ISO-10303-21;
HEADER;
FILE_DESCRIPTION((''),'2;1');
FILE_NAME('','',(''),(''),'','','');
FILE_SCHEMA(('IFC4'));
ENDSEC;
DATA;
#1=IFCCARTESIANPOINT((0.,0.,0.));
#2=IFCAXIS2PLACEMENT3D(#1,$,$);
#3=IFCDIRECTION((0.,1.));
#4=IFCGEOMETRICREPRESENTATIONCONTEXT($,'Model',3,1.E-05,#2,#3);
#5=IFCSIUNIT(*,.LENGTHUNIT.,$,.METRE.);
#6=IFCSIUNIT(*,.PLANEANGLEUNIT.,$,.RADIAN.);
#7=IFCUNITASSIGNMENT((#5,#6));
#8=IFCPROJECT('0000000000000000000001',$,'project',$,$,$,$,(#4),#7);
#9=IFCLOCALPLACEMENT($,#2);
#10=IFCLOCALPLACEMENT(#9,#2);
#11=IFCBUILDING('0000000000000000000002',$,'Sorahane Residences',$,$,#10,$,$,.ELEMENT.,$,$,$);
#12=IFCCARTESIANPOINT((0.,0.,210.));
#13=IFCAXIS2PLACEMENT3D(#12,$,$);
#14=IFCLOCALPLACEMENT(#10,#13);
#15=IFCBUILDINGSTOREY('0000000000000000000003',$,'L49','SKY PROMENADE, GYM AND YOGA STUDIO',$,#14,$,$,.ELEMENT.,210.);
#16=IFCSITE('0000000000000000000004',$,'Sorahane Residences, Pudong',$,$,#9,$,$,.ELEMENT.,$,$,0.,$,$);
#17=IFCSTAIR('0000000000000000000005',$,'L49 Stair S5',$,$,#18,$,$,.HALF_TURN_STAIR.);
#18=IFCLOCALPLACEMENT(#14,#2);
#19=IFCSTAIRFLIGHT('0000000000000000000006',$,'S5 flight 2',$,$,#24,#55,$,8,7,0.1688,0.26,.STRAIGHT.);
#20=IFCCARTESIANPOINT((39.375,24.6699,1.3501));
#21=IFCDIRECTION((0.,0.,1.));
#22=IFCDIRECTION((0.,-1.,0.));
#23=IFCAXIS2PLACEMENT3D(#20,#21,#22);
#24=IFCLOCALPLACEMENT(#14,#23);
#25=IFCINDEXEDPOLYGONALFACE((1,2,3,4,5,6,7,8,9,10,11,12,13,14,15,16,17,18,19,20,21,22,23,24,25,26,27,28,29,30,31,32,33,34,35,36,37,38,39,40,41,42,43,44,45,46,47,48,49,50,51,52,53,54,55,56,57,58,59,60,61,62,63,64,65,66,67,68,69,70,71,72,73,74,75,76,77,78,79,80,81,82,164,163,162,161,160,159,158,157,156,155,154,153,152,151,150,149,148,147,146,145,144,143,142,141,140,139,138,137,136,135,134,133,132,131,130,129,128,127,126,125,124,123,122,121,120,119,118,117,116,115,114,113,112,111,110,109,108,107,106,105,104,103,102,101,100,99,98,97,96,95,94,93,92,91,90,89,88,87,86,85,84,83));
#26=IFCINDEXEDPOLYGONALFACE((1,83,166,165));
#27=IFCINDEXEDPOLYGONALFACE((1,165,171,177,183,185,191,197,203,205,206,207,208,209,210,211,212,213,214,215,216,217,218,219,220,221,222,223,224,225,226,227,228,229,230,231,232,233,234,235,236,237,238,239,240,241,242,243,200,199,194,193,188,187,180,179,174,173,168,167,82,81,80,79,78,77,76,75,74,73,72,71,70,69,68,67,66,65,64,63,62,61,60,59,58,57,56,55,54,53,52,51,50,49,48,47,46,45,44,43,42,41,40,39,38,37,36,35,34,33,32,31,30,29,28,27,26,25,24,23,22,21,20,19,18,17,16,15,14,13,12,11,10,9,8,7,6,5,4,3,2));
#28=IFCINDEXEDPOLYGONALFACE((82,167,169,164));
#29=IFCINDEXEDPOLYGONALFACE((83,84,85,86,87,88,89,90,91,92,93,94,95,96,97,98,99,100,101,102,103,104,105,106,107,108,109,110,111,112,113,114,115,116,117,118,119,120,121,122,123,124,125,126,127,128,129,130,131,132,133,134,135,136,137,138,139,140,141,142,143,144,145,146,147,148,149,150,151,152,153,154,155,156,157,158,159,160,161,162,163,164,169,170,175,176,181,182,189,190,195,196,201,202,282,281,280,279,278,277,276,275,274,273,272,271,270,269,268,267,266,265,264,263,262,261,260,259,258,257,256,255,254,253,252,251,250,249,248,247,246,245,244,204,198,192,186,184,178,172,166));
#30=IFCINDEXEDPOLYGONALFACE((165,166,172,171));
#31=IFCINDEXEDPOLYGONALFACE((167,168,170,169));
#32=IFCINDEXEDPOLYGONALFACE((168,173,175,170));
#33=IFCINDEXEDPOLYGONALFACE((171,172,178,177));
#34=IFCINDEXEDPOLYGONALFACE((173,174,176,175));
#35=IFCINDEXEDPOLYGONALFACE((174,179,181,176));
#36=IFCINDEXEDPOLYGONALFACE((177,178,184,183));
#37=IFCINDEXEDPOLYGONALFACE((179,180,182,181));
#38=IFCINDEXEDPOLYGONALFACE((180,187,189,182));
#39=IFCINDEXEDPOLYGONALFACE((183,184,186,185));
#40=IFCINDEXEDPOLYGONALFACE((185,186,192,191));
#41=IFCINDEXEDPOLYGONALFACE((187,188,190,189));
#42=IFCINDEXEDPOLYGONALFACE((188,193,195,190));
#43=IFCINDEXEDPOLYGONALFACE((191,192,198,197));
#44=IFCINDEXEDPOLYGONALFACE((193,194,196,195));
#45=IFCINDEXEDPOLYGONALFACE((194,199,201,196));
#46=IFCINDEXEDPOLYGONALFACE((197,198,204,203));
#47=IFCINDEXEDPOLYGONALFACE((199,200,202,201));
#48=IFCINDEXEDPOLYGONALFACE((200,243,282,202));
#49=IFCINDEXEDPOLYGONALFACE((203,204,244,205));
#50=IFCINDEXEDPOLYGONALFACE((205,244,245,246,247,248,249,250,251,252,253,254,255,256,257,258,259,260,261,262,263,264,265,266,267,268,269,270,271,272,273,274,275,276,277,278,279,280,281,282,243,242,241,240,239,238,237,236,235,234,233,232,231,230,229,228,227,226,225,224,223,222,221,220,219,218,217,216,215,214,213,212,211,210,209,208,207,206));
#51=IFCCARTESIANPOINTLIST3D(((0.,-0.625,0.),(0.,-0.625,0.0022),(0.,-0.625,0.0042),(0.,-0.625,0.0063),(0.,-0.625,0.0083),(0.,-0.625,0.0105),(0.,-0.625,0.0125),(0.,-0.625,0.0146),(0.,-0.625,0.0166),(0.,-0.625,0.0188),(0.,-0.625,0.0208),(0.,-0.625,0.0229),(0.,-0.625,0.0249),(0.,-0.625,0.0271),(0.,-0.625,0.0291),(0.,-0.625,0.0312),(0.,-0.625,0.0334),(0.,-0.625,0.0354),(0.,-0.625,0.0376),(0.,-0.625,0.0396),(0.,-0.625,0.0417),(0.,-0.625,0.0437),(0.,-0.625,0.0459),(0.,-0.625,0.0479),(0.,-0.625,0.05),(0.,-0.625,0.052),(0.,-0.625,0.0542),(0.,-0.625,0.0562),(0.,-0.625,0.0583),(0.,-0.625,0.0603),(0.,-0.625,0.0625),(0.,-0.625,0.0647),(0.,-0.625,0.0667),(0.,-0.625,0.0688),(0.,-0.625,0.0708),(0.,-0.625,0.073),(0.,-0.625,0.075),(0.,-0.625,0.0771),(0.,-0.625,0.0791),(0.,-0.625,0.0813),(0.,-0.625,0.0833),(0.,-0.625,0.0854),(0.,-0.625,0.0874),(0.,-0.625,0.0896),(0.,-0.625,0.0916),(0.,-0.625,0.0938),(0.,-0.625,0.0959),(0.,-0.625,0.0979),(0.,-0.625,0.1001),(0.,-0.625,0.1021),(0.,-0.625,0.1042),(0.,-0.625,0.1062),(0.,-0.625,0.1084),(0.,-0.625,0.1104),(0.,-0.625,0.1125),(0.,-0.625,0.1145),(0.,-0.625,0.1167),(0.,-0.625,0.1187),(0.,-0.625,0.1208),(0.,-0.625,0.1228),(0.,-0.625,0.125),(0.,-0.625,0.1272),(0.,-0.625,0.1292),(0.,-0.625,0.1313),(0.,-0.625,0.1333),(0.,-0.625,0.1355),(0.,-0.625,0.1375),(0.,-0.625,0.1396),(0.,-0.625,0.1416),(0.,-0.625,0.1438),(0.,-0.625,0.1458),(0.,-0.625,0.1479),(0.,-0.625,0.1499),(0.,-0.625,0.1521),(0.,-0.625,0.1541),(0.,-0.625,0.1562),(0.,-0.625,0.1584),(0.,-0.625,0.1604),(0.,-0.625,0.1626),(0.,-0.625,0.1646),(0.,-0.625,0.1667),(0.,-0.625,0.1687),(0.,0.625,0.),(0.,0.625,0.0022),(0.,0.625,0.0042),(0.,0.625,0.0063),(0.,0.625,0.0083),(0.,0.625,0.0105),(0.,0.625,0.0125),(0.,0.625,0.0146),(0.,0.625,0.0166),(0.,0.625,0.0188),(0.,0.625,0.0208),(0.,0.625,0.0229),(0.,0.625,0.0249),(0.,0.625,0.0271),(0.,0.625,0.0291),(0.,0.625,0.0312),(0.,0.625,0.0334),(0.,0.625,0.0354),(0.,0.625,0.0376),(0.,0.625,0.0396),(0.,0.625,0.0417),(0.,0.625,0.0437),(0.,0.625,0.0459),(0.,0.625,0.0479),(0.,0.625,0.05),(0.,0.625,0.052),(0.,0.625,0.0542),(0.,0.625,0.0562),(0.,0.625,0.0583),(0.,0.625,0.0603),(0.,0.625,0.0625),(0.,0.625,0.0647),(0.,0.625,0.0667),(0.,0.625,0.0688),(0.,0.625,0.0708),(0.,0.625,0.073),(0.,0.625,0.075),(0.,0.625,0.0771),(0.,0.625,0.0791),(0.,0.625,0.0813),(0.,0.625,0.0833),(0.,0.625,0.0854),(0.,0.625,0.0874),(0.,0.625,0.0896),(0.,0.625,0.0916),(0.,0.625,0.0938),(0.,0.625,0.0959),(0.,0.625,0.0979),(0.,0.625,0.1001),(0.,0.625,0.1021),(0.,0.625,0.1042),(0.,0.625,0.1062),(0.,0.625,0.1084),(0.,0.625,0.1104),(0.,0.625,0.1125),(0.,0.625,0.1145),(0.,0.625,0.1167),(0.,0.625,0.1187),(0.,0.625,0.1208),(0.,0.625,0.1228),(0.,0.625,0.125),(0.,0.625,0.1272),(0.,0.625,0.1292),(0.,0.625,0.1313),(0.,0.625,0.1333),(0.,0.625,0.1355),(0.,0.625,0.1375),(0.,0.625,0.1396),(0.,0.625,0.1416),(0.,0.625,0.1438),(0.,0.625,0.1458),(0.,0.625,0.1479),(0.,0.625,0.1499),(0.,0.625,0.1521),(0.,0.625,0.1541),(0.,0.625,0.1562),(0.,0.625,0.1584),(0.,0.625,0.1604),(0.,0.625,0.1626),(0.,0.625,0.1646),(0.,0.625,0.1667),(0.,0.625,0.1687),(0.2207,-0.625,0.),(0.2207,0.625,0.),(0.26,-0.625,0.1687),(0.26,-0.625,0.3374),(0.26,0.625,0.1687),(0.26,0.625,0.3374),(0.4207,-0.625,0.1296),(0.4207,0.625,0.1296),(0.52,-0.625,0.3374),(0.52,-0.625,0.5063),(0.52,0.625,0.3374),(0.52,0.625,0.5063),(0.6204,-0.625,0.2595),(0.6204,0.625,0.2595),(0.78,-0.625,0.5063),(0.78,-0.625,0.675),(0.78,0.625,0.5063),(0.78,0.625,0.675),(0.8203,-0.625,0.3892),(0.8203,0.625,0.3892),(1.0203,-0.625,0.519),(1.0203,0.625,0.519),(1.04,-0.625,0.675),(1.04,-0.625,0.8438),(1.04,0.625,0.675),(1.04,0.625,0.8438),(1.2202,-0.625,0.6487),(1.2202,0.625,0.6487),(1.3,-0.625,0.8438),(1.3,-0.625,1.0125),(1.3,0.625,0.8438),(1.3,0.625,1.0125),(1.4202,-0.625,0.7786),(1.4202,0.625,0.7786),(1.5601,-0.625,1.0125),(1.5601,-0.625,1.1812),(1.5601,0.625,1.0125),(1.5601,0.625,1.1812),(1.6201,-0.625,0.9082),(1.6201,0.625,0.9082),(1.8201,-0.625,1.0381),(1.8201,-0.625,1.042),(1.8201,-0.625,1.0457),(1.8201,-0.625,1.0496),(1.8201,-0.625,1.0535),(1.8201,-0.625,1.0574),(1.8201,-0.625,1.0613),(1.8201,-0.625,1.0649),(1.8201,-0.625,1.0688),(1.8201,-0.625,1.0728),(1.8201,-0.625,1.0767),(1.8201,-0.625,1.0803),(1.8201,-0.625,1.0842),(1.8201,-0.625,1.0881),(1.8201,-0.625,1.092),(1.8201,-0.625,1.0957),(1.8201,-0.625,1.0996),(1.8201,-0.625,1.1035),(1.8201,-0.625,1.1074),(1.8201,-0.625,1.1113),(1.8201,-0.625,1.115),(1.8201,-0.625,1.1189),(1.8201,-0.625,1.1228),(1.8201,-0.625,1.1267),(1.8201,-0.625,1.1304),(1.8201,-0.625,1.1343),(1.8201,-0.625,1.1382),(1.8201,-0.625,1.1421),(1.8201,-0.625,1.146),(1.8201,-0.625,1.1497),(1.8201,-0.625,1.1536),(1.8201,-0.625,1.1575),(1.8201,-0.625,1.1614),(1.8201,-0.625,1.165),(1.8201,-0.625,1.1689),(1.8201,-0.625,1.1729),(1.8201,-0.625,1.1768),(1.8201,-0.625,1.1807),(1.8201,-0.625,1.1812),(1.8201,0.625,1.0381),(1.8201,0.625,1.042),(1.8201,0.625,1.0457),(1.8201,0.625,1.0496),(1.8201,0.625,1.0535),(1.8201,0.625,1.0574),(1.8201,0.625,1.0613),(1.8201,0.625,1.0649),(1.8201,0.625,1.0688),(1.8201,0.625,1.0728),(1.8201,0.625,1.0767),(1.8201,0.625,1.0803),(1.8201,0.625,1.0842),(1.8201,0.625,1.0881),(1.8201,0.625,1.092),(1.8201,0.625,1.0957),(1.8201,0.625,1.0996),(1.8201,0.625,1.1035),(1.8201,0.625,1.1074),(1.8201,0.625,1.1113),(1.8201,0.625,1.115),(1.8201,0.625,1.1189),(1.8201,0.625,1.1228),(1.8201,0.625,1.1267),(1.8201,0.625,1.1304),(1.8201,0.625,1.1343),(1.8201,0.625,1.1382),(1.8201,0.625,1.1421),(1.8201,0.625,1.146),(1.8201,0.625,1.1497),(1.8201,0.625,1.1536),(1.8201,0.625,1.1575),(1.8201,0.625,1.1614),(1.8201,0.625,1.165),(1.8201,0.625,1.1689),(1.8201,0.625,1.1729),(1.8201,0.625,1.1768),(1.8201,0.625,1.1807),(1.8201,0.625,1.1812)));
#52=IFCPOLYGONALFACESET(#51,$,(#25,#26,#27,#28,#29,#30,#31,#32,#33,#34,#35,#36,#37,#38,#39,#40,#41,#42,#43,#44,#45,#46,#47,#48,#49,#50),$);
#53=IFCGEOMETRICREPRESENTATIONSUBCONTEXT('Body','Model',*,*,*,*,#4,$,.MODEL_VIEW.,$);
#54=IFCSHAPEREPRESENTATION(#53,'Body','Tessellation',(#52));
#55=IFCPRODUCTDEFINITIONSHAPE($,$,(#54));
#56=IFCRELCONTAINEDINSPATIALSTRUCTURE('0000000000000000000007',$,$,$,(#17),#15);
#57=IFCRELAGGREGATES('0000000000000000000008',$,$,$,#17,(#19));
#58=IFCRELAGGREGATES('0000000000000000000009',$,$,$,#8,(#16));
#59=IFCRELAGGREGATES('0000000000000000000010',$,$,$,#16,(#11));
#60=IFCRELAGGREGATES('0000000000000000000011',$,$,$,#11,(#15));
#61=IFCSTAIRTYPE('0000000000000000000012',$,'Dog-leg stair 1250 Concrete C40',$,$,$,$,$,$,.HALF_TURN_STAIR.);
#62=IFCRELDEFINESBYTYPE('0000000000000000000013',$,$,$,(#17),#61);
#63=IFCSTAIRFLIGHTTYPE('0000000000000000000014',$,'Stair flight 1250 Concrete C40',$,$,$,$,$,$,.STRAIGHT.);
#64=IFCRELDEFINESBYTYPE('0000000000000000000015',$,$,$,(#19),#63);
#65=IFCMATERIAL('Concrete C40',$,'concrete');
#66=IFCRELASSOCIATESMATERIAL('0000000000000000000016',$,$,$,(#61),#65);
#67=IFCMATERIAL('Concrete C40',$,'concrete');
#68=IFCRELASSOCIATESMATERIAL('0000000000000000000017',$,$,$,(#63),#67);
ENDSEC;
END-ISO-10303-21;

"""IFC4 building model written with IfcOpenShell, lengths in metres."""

from ifc_helpers import new_model, si_unit, direction, frame, origin, place, context, subcontext, project, spatial, polyline, outline, extrude, material, type_object, element, aggregate, save


model = new_model("IFC4")

# Units and contexts
model_context = context("Model", 3, precision=1e-05, world=origin(), true_north=direction((0.0, 1.0)))
body_context = subcontext(model_context, "Body", "Model", "MODEL_VIEW")
ifc_project = project(units=[si_unit("LENGTHUNIT", "METRE"), si_unit("PLANEANGLEUNIT", "RADIAN")], contexts=[model_context])

# Site, building, storey
site_placement = place(None, origin())
site = spatial("IfcSite", under=ifc_project, at=site_placement, Name="Sorahane Residences, Pudong", CompositionType="ELEMENT", RefElevation=0.0)
building_placement = place(site_placement, origin())
building = spatial("IfcBuilding", under=site, at=building_placement, Name="Sorahane Residences", CompositionType="ELEMENT")
storey_placement = place(building_placement, frame((0.0, 0.0, 210.0)))
storey = spatial("IfcBuildingStorey", under=building, at=storey_placement, Name="L49", Description="SKY PROMENADE, GYM AND YOGA STUDIO", CompositionType="ELEMENT", Elevation=210.0)

# Stair, stair flight
ifc_material_1 = material(Name="Concrete C40", Category="concrete")
stair_type = type_object("IfcStairType", Name="Dog-leg stair 1250 Concrete C40", PredefinedType="HALF_TURN_STAIR", material=ifc_material_1)
stair_placement = place(storey_placement, origin())
stair = element("IfcStair", 1, at=stair_placement, inside=storey, type_object=stair_type, Name="L49 Stair S5", PredefinedType="HALF_TURN_STAIR")
ifc_material_2 = material(Name="Concrete C40", Category="concrete")
stair_flight_type = type_object("IfcStairFlightType", Name="Stair flight 1250 Concrete C40", PredefinedType="STRAIGHT", material=ifc_material_2)
stair_flight_1_placement = place(storey_placement, frame((39.375, 24.6699, 1.3501), z_axis=(0.0, 0.0, 1.0), x_axis=(0.0, -1.0, 0.0)))
stair_flight_1 = element("IfcStairFlight", 2, at=stair_flight_1_placement, type_object=stair_flight_type, Name="S5 flight 2", NumberOfRisers=8, NumberOfTreads=7, PredefinedType="STRAIGHT", RiserHeight=0.1688, TreadLength=0.26, context=body_context, shape_type="SweptSolid", body=[
    extrude(outline(polyline([(0.0, 0.0), (0.0, 0.0022), (0.0, 0.0042), (0.0, 0.0063), (0.0, 0.0083), (0.0, 0.0105), (0.0, 0.0125), (0.0, 0.0146), (0.0, 0.0166), (0.0, 0.0188), (0.0, 0.0208), (0.0, 0.0229), (0.0, 0.0249), (0.0, 0.0271), (0.0, 0.0291), (0.0, 0.0312), (0.0, 0.0334), (0.0, 0.0354), (0.0, 0.0376), (0.0, 0.0396), (0.0, 0.0417), (0.0, 0.0437), (0.0, 0.0459), (0.0, 0.0479), (0.0, 0.05), (0.0, 0.052), (0.0, 0.0542), (0.0, 0.0562), (0.0, 0.0583), (0.0, 0.0603), (0.0, 0.0625), (0.0, 0.0647), (0.0, 0.0667), (0.0, 0.0688), (0.0, 0.0708), (0.0, 0.073), (0.0, 0.075), (0.0, 0.0771), (0.0, 0.0791), (0.0, 0.0813), (0.0, 0.0833), (0.0, 0.0854), (0.0, 0.0874), (0.0, 0.0896), (0.0, 0.0916), (0.0, 0.0938), (0.0, 0.0959), (0.0, 0.0979), (0.0, 0.1001), (0.0, 0.1021), (0.0, 0.1042), (0.0, 0.1062), (0.0, 0.1084), (0.0, 0.1104), (0.0, 0.1125), (0.0, 0.1145), (0.0, 0.1167), (0.0, 0.1187), (0.0, 0.1208), (0.0, 0.1228), (0.0, 0.125), (0.0, 0.1272), (0.0, 0.1292), (0.0, 0.1313), (0.0, 0.1333), (0.0, 0.1355), (0.0, 0.1375), (0.0, 0.1396), (0.0, 0.1416), (0.0, 0.1438), (0.0, 0.1458), (0.0, 0.1479), (0.0, 0.1499), (0.0, 0.1521), (0.0, 0.1541), (0.0, 0.1562), (0.0, 0.1584), (0.0, 0.1604), (0.0, 0.1626), (0.0, 0.1646), (0.0, 0.1667), (0.0, 0.1687), (0.26, 0.1687), (0.26, 0.3374), (0.52, 0.3374), (0.52, 0.5063), (0.78, 0.5063), (0.78, 0.675), (1.04, 0.675), (1.04, 0.8438), (1.3, 0.8438), (1.3, 1.0125), (1.5601, 1.0125), (1.5601, 1.1812), (1.8201, 1.1812), (1.8201, 1.3501), (1.8201, 1.3462), (1.8201, 1.3423), (1.8201, 1.3384), (1.8201, 1.3347), (1.8201, 1.3308), (1.8201, 1.3269), (1.8201, 1.323), (1.8201, 1.3191), (1.8201, 1.3154), (1.8201, 1.3115), (1.8201, 1.3076), (1.8201, 1.3037), (1.8201, 1.3), (1.8201, 1.2961), (1.8201, 1.2922), (1.8201, 1.2883), (1.8201, 1.2844), (1.8201, 1.2808), (1.8201, 1.2769), (1.8201, 1.2729), (1.8201, 1.269), (1.8201, 1.2654), (1.8201, 1.2615), (1.8201, 1.2576), (1.8201, 1.2537), (1.8201, 1.2498), (1.8201, 1.2461), (1.8201, 1.2422), (1.8201, 1.2383), (1.8201, 1.2344), (1.8201, 1.2307), (1.8201, 1.2268), (1.8201, 1.2229), (1.8201, 1.219), (1.8201, 1.2151), (1.8201, 1.2114), (1.8201, 1.2075), (1.8201, 1.2036), (1.8201, 1.1997), (1.8201, 1.196), (1.8201, 1.1921), (1.8201, 1.1882), (1.8201, 1.1843), (1.8201, 1.1807), (1.8201, 1.1768), (1.8201, 1.1729), (1.8201, 1.1689), (1.8201, 1.165), (1.8201, 1.1614), (1.8201, 1.1575), (1.8201, 1.1536), (1.8201, 1.1497), (1.8201, 1.146), (1.8201, 1.1421), (1.8201, 1.1382), (1.8201, 1.1343), (1.8201, 1.1304), (1.8201, 1.1267), (1.8201, 1.1228), (1.8201, 1.1189), (1.8201, 1.115), (1.8201, 1.1113), (1.8201, 1.1074), (1.8201, 1.1035), (1.8201, 1.0996), (1.8201, 1.0957), (1.8201, 1.092), (1.8201, 1.0881), (1.8201, 1.0842), (1.8201, 1.0803), (1.8201, 1.0767), (1.8201, 1.0728), (1.8201, 1.0688), (1.8201, 1.0649), (1.8201, 1.0613), (1.8201, 1.0574), (1.8201, 1.0535), (1.8201, 1.0496), (1.8201, 1.0457), (1.8201, 1.042), (1.8201, 1.0381), (1.6201, 0.9082), (1.4202, 0.7786), (1.2202, 0.6487), (1.0203, 0.519), (0.8203, 0.3892), (0.6204, 0.2595), (0.4207, 0.1296), (0.2207, 0.0), (0.0, 0.0)])), frame((0.0, 0.625, 0.0), z_axis=(0.0, -1.0, 0.0), x_axis=(1.0, 0.0, 0.0)), (0.0, 0.0, 1.0), 1.25),
])
aggregate(stair, [stair_flight_1])

save(model, "model.ifc")
